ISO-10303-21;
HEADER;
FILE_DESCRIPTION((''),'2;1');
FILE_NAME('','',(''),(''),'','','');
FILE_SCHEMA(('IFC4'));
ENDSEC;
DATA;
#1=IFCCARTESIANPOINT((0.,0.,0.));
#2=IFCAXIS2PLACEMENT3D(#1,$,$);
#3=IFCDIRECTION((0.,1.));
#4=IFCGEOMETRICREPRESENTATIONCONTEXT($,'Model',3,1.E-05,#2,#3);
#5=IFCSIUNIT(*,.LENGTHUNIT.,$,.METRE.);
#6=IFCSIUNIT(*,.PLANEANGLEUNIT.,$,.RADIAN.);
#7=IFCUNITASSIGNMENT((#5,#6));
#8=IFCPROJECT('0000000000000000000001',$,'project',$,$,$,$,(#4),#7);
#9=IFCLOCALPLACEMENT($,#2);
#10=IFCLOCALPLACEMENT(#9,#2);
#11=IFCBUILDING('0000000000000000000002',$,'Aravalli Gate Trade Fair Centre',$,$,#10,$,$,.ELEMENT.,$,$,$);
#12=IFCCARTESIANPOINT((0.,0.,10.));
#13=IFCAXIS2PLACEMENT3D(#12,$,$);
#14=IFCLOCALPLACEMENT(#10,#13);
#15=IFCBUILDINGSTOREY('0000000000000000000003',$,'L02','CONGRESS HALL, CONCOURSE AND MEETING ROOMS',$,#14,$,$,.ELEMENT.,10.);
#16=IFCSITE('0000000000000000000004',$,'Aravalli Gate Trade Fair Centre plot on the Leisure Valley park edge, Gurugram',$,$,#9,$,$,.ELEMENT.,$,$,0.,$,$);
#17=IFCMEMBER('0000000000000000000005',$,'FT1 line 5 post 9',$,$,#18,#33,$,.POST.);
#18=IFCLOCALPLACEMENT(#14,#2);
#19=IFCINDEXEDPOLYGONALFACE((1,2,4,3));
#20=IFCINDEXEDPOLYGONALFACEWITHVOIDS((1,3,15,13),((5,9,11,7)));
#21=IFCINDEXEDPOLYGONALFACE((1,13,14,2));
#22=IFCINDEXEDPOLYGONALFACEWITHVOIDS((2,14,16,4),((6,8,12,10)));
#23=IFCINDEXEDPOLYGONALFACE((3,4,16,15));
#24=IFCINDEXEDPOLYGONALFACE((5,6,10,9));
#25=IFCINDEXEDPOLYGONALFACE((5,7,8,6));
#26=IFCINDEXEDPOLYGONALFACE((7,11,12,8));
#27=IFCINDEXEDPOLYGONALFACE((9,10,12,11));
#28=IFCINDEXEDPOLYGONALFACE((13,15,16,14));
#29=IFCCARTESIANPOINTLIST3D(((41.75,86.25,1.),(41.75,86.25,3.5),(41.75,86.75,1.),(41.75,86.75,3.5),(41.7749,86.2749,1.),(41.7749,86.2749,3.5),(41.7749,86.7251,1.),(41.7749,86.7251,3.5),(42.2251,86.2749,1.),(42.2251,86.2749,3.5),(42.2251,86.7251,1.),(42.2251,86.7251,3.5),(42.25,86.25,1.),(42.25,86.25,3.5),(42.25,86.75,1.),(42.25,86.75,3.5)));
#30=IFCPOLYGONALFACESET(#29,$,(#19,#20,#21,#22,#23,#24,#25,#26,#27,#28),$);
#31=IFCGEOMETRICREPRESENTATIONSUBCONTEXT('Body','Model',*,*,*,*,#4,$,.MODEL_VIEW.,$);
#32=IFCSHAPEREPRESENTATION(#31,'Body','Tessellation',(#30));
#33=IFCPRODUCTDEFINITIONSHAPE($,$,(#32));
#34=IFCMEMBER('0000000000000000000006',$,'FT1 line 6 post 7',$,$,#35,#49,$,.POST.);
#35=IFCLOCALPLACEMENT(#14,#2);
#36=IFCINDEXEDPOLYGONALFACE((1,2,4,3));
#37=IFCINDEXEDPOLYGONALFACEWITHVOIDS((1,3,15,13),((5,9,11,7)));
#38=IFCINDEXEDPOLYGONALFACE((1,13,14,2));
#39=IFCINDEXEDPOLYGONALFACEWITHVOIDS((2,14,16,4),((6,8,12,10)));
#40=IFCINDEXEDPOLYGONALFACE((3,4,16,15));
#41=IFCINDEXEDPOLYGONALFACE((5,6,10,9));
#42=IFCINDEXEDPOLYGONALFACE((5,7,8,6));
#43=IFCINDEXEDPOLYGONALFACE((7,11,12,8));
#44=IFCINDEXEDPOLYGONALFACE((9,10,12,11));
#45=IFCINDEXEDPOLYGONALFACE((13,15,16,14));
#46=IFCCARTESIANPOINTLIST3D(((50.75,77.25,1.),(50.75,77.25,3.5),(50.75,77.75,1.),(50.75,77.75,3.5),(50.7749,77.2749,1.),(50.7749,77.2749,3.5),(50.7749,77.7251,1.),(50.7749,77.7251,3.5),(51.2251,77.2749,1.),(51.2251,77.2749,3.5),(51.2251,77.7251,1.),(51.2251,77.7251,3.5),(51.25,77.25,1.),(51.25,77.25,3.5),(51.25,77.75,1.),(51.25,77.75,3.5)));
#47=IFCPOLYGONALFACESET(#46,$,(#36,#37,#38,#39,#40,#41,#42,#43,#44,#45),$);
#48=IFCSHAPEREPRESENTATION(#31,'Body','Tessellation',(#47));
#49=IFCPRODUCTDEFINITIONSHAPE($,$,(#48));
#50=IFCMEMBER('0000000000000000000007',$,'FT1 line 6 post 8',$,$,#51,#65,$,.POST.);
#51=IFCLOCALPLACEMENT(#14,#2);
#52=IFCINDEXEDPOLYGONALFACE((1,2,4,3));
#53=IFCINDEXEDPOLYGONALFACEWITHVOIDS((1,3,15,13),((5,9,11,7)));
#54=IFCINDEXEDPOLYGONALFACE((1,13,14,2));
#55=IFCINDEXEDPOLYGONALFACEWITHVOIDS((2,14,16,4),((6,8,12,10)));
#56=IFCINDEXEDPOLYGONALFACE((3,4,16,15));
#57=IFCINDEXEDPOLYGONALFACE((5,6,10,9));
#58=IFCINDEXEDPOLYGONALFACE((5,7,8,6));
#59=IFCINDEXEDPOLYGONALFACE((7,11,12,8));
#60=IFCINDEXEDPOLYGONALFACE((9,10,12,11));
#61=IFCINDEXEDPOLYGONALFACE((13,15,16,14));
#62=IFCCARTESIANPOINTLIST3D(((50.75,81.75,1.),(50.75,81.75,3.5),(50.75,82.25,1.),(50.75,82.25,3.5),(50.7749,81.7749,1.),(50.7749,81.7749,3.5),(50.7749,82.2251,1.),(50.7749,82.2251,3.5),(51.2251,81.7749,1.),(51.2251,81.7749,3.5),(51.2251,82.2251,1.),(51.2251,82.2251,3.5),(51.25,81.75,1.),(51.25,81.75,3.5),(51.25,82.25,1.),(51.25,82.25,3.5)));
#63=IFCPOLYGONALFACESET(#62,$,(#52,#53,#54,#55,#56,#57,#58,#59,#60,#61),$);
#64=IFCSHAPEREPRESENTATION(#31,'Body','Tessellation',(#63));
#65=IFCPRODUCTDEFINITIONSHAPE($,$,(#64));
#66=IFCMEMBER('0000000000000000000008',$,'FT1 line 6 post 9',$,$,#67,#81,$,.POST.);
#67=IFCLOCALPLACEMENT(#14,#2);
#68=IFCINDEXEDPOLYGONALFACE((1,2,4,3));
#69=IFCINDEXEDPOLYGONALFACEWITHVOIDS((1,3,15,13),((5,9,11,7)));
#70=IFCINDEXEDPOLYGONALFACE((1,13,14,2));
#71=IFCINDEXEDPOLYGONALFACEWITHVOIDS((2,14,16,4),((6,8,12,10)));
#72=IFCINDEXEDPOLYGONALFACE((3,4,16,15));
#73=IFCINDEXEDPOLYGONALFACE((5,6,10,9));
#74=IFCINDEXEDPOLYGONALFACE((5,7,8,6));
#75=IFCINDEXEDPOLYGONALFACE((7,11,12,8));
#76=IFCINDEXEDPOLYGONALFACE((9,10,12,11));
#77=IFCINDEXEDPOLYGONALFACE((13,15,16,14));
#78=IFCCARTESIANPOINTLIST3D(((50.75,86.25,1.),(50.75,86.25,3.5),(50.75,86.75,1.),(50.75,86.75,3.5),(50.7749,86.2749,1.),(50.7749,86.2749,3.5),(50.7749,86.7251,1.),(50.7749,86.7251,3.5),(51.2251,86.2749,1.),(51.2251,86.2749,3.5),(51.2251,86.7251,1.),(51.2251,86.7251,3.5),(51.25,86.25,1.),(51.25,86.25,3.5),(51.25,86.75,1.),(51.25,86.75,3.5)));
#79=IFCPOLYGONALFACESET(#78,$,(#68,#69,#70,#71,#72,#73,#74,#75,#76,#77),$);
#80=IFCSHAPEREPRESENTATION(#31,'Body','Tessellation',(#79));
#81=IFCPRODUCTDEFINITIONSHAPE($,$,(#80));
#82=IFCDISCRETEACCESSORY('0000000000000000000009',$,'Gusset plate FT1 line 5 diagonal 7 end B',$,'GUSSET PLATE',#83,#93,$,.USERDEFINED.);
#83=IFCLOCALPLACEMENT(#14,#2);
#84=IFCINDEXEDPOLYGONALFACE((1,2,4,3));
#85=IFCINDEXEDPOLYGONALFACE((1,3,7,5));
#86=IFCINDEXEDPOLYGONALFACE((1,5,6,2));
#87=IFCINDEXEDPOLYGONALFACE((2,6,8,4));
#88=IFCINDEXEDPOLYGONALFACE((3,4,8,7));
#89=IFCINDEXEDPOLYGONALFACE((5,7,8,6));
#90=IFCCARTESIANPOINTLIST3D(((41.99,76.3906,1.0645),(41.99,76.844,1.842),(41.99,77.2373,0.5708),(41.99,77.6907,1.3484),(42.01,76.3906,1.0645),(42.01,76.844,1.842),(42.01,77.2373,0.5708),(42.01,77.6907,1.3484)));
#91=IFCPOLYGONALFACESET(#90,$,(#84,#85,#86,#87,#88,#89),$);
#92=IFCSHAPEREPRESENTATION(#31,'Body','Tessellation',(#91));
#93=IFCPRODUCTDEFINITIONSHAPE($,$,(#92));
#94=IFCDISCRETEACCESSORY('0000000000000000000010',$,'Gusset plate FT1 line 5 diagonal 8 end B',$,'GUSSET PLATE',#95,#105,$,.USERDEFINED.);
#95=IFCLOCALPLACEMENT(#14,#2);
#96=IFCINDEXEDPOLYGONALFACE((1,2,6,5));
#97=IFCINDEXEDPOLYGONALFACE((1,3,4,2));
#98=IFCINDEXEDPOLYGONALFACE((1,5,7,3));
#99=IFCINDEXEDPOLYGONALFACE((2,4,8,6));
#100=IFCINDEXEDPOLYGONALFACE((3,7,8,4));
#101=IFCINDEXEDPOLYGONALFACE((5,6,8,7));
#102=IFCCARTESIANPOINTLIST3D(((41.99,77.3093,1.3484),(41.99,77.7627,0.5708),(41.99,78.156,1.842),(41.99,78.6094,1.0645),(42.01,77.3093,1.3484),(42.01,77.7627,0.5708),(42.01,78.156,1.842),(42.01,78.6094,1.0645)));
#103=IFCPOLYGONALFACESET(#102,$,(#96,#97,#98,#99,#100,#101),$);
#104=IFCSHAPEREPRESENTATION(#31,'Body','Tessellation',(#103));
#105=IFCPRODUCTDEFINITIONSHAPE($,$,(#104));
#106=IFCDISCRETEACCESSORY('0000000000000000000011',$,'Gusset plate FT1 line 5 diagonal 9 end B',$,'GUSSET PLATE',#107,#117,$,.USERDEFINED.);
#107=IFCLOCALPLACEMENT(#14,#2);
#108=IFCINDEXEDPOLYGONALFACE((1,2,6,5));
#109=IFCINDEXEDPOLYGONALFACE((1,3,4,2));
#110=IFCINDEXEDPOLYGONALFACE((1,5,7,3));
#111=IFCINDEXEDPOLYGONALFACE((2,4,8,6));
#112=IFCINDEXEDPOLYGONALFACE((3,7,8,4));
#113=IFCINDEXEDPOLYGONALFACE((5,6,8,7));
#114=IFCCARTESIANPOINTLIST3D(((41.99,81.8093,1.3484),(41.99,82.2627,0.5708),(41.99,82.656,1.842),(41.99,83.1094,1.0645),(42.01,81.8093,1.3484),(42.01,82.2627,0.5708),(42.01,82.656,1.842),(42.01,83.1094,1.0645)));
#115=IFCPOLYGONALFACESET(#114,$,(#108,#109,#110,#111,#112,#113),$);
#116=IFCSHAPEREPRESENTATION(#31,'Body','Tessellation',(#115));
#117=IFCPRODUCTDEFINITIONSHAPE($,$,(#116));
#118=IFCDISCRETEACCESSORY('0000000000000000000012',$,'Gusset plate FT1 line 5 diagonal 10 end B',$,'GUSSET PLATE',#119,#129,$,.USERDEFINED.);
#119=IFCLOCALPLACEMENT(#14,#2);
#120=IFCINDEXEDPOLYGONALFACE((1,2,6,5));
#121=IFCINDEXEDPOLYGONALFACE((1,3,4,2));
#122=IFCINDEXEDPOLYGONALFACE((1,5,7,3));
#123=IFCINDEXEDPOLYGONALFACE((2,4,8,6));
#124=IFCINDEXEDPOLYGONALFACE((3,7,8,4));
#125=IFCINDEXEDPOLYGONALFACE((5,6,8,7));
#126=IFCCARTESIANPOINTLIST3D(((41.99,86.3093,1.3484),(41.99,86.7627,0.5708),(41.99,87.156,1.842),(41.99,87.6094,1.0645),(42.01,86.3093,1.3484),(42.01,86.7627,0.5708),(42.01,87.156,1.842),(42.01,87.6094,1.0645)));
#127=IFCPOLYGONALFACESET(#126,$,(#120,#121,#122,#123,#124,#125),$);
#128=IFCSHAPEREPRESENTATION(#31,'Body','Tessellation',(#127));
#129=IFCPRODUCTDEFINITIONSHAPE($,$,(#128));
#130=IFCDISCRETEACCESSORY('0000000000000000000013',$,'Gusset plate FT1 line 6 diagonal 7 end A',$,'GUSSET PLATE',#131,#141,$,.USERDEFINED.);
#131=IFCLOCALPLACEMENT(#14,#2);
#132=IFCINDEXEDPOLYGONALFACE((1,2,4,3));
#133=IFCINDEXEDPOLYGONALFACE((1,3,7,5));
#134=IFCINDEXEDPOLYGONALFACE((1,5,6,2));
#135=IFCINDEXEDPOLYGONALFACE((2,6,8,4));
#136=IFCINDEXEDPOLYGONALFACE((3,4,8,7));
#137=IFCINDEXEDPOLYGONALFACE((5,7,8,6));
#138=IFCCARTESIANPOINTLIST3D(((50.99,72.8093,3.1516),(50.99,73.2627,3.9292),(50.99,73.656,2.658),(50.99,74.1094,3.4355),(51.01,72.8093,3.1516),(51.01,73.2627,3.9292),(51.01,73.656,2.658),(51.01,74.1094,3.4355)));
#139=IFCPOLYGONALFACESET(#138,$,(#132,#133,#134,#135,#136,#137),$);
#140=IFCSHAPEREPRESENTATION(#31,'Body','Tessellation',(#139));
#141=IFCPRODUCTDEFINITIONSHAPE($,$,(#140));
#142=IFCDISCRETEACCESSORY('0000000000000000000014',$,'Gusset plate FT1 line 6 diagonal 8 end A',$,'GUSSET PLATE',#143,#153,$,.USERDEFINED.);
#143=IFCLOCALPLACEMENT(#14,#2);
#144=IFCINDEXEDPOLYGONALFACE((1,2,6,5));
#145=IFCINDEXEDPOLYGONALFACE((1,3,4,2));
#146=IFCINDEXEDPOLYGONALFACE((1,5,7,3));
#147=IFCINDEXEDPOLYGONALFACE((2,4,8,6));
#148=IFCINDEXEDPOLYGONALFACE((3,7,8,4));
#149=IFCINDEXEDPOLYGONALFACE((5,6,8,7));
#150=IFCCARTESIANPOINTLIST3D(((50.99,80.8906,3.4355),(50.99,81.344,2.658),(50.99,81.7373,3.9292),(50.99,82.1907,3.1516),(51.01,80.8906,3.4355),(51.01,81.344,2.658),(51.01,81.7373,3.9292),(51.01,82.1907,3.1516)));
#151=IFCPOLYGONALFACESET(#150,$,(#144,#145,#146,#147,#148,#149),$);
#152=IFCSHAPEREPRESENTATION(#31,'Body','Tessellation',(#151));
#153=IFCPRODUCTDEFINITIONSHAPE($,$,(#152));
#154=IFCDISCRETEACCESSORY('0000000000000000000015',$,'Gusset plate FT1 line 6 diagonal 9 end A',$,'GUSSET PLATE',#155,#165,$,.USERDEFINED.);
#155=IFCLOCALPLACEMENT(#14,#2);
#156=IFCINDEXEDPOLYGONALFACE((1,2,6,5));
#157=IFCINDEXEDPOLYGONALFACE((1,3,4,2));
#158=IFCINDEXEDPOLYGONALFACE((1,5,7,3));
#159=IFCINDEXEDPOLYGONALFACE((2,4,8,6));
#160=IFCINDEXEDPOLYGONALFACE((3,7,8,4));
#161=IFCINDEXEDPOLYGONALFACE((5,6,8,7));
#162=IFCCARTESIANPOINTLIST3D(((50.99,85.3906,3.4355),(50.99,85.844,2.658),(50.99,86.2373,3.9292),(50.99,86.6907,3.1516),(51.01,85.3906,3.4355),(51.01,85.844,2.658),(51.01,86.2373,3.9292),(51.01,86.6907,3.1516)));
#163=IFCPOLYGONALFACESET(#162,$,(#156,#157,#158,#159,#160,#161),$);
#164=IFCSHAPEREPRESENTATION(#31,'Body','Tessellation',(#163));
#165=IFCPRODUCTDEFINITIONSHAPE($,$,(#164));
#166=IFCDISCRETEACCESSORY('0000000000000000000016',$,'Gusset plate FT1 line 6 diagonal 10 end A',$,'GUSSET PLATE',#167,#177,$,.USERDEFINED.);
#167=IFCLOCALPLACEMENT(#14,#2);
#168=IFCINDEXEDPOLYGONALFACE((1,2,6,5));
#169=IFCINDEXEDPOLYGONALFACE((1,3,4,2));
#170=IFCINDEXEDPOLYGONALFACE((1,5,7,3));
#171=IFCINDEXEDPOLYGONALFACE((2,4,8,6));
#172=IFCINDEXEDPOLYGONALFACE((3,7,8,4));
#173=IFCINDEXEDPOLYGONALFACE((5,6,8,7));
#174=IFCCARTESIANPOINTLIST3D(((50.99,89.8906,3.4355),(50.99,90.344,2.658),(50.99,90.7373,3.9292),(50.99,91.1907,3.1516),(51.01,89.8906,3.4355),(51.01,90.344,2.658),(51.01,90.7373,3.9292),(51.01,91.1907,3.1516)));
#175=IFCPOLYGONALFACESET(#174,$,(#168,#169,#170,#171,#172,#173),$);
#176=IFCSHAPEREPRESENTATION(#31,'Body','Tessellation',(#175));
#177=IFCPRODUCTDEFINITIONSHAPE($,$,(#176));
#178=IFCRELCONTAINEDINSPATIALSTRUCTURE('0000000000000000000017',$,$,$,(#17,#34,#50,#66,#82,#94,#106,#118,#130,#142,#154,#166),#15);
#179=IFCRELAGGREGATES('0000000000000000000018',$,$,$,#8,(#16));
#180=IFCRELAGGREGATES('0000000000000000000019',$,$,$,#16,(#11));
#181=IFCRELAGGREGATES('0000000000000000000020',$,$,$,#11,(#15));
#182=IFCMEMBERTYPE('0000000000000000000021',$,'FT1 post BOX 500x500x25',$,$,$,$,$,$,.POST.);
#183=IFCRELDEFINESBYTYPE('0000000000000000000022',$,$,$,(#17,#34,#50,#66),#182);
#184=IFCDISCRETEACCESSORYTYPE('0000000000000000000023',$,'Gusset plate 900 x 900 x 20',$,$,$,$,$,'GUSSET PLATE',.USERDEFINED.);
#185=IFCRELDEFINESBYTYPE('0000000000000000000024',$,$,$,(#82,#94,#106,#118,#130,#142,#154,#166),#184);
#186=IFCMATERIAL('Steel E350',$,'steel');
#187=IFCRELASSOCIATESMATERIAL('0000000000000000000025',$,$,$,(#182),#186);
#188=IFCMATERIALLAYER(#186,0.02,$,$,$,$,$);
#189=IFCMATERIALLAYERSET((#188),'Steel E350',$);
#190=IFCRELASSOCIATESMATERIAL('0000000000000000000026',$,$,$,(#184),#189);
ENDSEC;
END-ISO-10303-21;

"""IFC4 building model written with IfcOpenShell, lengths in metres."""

from ifc_helpers import new_model, si_unit, direction, frame, origin, origin_2d, place, context, subcontext, project, spatial, polyline, hollow_rectangle, outline, extrude, material, layer, layer_set, material_profile, profile_set, type_object, element, save


model = new_model("IFC4")

# Units and contexts
model_context = context("Model", 3, precision=1e-05, world=origin(), true_north=direction((0.0, 1.0)))
body_context = subcontext(model_context, "Body", "Model", "MODEL_VIEW")
ifc_project = project(units=[si_unit("LENGTHUNIT", "METRE"), si_unit("PLANEANGLEUNIT", "RADIAN")], contexts=[model_context])

# Site, building, storey
site_placement = place(None, origin())
site = spatial("IfcSite", under=ifc_project, at=site_placement, Name="Aravalli Gate Trade Fair Centre plot on the Leisure Valley park edge, Gurugram", CompositionType="ELEMENT", RefElevation=0.0)
building_placement = place(site_placement, origin())
building = spatial("IfcBuilding", under=site, at=building_placement, Name="Aravalli Gate Trade Fair Centre", CompositionType="ELEMENT")
storey_placement = place(building_placement, frame((0.0, 0.0, 10.0)))
storey = spatial("IfcBuildingStorey", under=building, at=storey_placement, Name="L02", Description="CONGRESS HALL, CONCOURSE AND MEETING ROOMS", CompositionType="ELEMENT", Elevation=10.0)

# Members
ifc_material = material(Name="Steel E350", Category="steel")
ifc_material_profile_1 = material_profile(ifc_material, hollow_rectangle(XDim=0.5, YDim=0.5, WallThickness=0.0249, at=origin_2d()), Name="BOX 500x500x25")
ifc_profile_set_1 = profile_set([ifc_material_profile_1], Name="Steel E350")
member_type_1 = type_object("IfcMemberType", Name="FT1 post BOX 500x500x25", PredefinedType="POST", material=ifc_profile_set_1)
for number, where, z_axis, x_axis, name in (
    (1, (42.0, 86.5, 1.0), (0.0, 0.0, 1.0), (1.0, 0.0, 0.0), "FT1 line 5 post 9"),
    (2, (51.0, 77.5, 1.0), (0.0, 0.0, 1.0), (1.0, 0.0, 0.0), "FT1 line 6 post 7"),
    (3, (51.0, 82.0, 1.0), (0.0, 0.0, 1.0), (1.0, 0.0, 0.0), "FT1 line 6 post 8"),
    (4, (51.0, 86.5, 1.0), (0.0, 0.0, 1.0), (1.0, 0.0, 0.0), "FT1 line 6 post 9"),
):
    element("IfcMember", number, at=place(storey_placement, frame(where, z_axis=z_axis, x_axis=x_axis)), inside=storey, type_object=member_type_1, Name=name, PredefinedType="POST", context=body_context, shape_type="SweptSolid", body=[
        extrude(hollow_rectangle(XDim=0.5, YDim=0.5, WallThickness=0.0249, at=origin_2d()), origin(), (0.0, 0.0, 1.0), 2.5),
    ])

# Discrete accessories
ifc_layer = layer(ifc_material, 0.02)
ifc_layer_set = layer_set([ifc_layer], Name="Steel E350")
discrete_accessory_type = type_object("IfcDiscreteAccessoryType", Name="Gusset plate 900 x 900 x 20", ElementType="GUSSET PLATE", PredefinedType="USERDEFINED", material=ifc_layer_set)
discrete_accessory_placement = place(storey_placement, frame((42.01, 76.3906, 1.0645), z_axis=(1.0, 0.0, 0.0), x_axis=(0.0, 0.863887, -0.503685)))
element("IfcDiscreteAccessory", 5, at=discrete_accessory_placement, inside=storey, type_object=discrete_accessory_type, Name="Gusset plate FT1 line 5 diagonal 7 end B", ObjectType="GUSSET PLATE", PredefinedType="USERDEFINED", context=body_context, shape_type="SweptSolid", body=[
    extrude(outline(polyline([(0.0, 0.0), (0.9801, 0.0), (0.9801, 0.9001), (0.0, 0.9001), (0.0, 0.0)])), origin(), (0.0, 0.0, -1.0), 0.02),
])
for number, where, z_axis, x_axis, name in (
    (6, (42.01, 78.156, 1.842), (1.0, 0.0, 0.0), (0.0, -0.863887, -0.503685), "Gusset plate FT1 line 5 diagonal 8 end B"),
    (7, (42.01, 82.656, 1.842), (1.0, 0.0, 0.0), (0.0, -0.863887, -0.503685), "Gusset plate FT1 line 5 diagonal 9 end B"),
    (8, (42.01, 87.156, 1.842), (1.0, 0.0, 0.0), (0.0, -0.863887, -0.503685), "Gusset plate FT1 line 5 diagonal 10 end B"),
    (9, (50.99, 73.656, 2.658), (-1.0, 0.0, 0.0), (0.0, -0.863887, 0.503685), "Gusset plate FT1 line 6 diagonal 7 end A"),
):
    element("IfcDiscreteAccessory", number, at=place(storey_placement, frame(where, z_axis=z_axis, x_axis=x_axis)), inside=storey, type_object=discrete_accessory_type, Name=name, ObjectType="GUSSET PLATE", PredefinedType="USERDEFINED", context=body_context, shape_type="SweptSolid", body=[
        extrude(outline(polyline([(0.0, 0.0), (0.9801, 0.0), (0.9801, 0.9001), (0.0, 0.9001), (0.0, 0.0)])), origin(), (0.0, 0.0, -1.0), 0.02),
    ])
for number, where, z_axis, x_axis, name in (
    (10, (50.99, 80.8906, 3.4355), (-1.0, 0.0, 0.0), (0.0, 0.863887, 0.503685), "Gusset plate FT1 line 6 diagonal 8 end A"),
    (11, (50.99, 85.3906, 3.4355), (-1.0, 0.0, 0.0), (0.0, 0.863887, 0.503685), "Gusset plate FT1 line 6 diagonal 9 end A"),
    (12, (50.99, 89.8906, 3.4355), (-1.0, 0.0, 0.0), (0.0, 0.863887, 0.503685), "Gusset plate FT1 line 6 diagonal 10 end A"),
):
    element("IfcDiscreteAccessory", number, at=place(storey_placement, frame(where, z_axis=z_axis, x_axis=x_axis)), inside=storey, type_object=discrete_accessory_type, Name=name, ObjectType="GUSSET PLATE", PredefinedType="USERDEFINED", context=body_context, shape_type="SweptSolid", body=[
        extrude(outline(polyline([(0.0, 0.0), (0.9801, 0.0), (0.9801, 0.9001), (0.0, 0.9001), (0.0, 0.0)])), origin(), (0.0, 0.0, -1.0), 0.02),
    ])

save(model, "model.ifc")
